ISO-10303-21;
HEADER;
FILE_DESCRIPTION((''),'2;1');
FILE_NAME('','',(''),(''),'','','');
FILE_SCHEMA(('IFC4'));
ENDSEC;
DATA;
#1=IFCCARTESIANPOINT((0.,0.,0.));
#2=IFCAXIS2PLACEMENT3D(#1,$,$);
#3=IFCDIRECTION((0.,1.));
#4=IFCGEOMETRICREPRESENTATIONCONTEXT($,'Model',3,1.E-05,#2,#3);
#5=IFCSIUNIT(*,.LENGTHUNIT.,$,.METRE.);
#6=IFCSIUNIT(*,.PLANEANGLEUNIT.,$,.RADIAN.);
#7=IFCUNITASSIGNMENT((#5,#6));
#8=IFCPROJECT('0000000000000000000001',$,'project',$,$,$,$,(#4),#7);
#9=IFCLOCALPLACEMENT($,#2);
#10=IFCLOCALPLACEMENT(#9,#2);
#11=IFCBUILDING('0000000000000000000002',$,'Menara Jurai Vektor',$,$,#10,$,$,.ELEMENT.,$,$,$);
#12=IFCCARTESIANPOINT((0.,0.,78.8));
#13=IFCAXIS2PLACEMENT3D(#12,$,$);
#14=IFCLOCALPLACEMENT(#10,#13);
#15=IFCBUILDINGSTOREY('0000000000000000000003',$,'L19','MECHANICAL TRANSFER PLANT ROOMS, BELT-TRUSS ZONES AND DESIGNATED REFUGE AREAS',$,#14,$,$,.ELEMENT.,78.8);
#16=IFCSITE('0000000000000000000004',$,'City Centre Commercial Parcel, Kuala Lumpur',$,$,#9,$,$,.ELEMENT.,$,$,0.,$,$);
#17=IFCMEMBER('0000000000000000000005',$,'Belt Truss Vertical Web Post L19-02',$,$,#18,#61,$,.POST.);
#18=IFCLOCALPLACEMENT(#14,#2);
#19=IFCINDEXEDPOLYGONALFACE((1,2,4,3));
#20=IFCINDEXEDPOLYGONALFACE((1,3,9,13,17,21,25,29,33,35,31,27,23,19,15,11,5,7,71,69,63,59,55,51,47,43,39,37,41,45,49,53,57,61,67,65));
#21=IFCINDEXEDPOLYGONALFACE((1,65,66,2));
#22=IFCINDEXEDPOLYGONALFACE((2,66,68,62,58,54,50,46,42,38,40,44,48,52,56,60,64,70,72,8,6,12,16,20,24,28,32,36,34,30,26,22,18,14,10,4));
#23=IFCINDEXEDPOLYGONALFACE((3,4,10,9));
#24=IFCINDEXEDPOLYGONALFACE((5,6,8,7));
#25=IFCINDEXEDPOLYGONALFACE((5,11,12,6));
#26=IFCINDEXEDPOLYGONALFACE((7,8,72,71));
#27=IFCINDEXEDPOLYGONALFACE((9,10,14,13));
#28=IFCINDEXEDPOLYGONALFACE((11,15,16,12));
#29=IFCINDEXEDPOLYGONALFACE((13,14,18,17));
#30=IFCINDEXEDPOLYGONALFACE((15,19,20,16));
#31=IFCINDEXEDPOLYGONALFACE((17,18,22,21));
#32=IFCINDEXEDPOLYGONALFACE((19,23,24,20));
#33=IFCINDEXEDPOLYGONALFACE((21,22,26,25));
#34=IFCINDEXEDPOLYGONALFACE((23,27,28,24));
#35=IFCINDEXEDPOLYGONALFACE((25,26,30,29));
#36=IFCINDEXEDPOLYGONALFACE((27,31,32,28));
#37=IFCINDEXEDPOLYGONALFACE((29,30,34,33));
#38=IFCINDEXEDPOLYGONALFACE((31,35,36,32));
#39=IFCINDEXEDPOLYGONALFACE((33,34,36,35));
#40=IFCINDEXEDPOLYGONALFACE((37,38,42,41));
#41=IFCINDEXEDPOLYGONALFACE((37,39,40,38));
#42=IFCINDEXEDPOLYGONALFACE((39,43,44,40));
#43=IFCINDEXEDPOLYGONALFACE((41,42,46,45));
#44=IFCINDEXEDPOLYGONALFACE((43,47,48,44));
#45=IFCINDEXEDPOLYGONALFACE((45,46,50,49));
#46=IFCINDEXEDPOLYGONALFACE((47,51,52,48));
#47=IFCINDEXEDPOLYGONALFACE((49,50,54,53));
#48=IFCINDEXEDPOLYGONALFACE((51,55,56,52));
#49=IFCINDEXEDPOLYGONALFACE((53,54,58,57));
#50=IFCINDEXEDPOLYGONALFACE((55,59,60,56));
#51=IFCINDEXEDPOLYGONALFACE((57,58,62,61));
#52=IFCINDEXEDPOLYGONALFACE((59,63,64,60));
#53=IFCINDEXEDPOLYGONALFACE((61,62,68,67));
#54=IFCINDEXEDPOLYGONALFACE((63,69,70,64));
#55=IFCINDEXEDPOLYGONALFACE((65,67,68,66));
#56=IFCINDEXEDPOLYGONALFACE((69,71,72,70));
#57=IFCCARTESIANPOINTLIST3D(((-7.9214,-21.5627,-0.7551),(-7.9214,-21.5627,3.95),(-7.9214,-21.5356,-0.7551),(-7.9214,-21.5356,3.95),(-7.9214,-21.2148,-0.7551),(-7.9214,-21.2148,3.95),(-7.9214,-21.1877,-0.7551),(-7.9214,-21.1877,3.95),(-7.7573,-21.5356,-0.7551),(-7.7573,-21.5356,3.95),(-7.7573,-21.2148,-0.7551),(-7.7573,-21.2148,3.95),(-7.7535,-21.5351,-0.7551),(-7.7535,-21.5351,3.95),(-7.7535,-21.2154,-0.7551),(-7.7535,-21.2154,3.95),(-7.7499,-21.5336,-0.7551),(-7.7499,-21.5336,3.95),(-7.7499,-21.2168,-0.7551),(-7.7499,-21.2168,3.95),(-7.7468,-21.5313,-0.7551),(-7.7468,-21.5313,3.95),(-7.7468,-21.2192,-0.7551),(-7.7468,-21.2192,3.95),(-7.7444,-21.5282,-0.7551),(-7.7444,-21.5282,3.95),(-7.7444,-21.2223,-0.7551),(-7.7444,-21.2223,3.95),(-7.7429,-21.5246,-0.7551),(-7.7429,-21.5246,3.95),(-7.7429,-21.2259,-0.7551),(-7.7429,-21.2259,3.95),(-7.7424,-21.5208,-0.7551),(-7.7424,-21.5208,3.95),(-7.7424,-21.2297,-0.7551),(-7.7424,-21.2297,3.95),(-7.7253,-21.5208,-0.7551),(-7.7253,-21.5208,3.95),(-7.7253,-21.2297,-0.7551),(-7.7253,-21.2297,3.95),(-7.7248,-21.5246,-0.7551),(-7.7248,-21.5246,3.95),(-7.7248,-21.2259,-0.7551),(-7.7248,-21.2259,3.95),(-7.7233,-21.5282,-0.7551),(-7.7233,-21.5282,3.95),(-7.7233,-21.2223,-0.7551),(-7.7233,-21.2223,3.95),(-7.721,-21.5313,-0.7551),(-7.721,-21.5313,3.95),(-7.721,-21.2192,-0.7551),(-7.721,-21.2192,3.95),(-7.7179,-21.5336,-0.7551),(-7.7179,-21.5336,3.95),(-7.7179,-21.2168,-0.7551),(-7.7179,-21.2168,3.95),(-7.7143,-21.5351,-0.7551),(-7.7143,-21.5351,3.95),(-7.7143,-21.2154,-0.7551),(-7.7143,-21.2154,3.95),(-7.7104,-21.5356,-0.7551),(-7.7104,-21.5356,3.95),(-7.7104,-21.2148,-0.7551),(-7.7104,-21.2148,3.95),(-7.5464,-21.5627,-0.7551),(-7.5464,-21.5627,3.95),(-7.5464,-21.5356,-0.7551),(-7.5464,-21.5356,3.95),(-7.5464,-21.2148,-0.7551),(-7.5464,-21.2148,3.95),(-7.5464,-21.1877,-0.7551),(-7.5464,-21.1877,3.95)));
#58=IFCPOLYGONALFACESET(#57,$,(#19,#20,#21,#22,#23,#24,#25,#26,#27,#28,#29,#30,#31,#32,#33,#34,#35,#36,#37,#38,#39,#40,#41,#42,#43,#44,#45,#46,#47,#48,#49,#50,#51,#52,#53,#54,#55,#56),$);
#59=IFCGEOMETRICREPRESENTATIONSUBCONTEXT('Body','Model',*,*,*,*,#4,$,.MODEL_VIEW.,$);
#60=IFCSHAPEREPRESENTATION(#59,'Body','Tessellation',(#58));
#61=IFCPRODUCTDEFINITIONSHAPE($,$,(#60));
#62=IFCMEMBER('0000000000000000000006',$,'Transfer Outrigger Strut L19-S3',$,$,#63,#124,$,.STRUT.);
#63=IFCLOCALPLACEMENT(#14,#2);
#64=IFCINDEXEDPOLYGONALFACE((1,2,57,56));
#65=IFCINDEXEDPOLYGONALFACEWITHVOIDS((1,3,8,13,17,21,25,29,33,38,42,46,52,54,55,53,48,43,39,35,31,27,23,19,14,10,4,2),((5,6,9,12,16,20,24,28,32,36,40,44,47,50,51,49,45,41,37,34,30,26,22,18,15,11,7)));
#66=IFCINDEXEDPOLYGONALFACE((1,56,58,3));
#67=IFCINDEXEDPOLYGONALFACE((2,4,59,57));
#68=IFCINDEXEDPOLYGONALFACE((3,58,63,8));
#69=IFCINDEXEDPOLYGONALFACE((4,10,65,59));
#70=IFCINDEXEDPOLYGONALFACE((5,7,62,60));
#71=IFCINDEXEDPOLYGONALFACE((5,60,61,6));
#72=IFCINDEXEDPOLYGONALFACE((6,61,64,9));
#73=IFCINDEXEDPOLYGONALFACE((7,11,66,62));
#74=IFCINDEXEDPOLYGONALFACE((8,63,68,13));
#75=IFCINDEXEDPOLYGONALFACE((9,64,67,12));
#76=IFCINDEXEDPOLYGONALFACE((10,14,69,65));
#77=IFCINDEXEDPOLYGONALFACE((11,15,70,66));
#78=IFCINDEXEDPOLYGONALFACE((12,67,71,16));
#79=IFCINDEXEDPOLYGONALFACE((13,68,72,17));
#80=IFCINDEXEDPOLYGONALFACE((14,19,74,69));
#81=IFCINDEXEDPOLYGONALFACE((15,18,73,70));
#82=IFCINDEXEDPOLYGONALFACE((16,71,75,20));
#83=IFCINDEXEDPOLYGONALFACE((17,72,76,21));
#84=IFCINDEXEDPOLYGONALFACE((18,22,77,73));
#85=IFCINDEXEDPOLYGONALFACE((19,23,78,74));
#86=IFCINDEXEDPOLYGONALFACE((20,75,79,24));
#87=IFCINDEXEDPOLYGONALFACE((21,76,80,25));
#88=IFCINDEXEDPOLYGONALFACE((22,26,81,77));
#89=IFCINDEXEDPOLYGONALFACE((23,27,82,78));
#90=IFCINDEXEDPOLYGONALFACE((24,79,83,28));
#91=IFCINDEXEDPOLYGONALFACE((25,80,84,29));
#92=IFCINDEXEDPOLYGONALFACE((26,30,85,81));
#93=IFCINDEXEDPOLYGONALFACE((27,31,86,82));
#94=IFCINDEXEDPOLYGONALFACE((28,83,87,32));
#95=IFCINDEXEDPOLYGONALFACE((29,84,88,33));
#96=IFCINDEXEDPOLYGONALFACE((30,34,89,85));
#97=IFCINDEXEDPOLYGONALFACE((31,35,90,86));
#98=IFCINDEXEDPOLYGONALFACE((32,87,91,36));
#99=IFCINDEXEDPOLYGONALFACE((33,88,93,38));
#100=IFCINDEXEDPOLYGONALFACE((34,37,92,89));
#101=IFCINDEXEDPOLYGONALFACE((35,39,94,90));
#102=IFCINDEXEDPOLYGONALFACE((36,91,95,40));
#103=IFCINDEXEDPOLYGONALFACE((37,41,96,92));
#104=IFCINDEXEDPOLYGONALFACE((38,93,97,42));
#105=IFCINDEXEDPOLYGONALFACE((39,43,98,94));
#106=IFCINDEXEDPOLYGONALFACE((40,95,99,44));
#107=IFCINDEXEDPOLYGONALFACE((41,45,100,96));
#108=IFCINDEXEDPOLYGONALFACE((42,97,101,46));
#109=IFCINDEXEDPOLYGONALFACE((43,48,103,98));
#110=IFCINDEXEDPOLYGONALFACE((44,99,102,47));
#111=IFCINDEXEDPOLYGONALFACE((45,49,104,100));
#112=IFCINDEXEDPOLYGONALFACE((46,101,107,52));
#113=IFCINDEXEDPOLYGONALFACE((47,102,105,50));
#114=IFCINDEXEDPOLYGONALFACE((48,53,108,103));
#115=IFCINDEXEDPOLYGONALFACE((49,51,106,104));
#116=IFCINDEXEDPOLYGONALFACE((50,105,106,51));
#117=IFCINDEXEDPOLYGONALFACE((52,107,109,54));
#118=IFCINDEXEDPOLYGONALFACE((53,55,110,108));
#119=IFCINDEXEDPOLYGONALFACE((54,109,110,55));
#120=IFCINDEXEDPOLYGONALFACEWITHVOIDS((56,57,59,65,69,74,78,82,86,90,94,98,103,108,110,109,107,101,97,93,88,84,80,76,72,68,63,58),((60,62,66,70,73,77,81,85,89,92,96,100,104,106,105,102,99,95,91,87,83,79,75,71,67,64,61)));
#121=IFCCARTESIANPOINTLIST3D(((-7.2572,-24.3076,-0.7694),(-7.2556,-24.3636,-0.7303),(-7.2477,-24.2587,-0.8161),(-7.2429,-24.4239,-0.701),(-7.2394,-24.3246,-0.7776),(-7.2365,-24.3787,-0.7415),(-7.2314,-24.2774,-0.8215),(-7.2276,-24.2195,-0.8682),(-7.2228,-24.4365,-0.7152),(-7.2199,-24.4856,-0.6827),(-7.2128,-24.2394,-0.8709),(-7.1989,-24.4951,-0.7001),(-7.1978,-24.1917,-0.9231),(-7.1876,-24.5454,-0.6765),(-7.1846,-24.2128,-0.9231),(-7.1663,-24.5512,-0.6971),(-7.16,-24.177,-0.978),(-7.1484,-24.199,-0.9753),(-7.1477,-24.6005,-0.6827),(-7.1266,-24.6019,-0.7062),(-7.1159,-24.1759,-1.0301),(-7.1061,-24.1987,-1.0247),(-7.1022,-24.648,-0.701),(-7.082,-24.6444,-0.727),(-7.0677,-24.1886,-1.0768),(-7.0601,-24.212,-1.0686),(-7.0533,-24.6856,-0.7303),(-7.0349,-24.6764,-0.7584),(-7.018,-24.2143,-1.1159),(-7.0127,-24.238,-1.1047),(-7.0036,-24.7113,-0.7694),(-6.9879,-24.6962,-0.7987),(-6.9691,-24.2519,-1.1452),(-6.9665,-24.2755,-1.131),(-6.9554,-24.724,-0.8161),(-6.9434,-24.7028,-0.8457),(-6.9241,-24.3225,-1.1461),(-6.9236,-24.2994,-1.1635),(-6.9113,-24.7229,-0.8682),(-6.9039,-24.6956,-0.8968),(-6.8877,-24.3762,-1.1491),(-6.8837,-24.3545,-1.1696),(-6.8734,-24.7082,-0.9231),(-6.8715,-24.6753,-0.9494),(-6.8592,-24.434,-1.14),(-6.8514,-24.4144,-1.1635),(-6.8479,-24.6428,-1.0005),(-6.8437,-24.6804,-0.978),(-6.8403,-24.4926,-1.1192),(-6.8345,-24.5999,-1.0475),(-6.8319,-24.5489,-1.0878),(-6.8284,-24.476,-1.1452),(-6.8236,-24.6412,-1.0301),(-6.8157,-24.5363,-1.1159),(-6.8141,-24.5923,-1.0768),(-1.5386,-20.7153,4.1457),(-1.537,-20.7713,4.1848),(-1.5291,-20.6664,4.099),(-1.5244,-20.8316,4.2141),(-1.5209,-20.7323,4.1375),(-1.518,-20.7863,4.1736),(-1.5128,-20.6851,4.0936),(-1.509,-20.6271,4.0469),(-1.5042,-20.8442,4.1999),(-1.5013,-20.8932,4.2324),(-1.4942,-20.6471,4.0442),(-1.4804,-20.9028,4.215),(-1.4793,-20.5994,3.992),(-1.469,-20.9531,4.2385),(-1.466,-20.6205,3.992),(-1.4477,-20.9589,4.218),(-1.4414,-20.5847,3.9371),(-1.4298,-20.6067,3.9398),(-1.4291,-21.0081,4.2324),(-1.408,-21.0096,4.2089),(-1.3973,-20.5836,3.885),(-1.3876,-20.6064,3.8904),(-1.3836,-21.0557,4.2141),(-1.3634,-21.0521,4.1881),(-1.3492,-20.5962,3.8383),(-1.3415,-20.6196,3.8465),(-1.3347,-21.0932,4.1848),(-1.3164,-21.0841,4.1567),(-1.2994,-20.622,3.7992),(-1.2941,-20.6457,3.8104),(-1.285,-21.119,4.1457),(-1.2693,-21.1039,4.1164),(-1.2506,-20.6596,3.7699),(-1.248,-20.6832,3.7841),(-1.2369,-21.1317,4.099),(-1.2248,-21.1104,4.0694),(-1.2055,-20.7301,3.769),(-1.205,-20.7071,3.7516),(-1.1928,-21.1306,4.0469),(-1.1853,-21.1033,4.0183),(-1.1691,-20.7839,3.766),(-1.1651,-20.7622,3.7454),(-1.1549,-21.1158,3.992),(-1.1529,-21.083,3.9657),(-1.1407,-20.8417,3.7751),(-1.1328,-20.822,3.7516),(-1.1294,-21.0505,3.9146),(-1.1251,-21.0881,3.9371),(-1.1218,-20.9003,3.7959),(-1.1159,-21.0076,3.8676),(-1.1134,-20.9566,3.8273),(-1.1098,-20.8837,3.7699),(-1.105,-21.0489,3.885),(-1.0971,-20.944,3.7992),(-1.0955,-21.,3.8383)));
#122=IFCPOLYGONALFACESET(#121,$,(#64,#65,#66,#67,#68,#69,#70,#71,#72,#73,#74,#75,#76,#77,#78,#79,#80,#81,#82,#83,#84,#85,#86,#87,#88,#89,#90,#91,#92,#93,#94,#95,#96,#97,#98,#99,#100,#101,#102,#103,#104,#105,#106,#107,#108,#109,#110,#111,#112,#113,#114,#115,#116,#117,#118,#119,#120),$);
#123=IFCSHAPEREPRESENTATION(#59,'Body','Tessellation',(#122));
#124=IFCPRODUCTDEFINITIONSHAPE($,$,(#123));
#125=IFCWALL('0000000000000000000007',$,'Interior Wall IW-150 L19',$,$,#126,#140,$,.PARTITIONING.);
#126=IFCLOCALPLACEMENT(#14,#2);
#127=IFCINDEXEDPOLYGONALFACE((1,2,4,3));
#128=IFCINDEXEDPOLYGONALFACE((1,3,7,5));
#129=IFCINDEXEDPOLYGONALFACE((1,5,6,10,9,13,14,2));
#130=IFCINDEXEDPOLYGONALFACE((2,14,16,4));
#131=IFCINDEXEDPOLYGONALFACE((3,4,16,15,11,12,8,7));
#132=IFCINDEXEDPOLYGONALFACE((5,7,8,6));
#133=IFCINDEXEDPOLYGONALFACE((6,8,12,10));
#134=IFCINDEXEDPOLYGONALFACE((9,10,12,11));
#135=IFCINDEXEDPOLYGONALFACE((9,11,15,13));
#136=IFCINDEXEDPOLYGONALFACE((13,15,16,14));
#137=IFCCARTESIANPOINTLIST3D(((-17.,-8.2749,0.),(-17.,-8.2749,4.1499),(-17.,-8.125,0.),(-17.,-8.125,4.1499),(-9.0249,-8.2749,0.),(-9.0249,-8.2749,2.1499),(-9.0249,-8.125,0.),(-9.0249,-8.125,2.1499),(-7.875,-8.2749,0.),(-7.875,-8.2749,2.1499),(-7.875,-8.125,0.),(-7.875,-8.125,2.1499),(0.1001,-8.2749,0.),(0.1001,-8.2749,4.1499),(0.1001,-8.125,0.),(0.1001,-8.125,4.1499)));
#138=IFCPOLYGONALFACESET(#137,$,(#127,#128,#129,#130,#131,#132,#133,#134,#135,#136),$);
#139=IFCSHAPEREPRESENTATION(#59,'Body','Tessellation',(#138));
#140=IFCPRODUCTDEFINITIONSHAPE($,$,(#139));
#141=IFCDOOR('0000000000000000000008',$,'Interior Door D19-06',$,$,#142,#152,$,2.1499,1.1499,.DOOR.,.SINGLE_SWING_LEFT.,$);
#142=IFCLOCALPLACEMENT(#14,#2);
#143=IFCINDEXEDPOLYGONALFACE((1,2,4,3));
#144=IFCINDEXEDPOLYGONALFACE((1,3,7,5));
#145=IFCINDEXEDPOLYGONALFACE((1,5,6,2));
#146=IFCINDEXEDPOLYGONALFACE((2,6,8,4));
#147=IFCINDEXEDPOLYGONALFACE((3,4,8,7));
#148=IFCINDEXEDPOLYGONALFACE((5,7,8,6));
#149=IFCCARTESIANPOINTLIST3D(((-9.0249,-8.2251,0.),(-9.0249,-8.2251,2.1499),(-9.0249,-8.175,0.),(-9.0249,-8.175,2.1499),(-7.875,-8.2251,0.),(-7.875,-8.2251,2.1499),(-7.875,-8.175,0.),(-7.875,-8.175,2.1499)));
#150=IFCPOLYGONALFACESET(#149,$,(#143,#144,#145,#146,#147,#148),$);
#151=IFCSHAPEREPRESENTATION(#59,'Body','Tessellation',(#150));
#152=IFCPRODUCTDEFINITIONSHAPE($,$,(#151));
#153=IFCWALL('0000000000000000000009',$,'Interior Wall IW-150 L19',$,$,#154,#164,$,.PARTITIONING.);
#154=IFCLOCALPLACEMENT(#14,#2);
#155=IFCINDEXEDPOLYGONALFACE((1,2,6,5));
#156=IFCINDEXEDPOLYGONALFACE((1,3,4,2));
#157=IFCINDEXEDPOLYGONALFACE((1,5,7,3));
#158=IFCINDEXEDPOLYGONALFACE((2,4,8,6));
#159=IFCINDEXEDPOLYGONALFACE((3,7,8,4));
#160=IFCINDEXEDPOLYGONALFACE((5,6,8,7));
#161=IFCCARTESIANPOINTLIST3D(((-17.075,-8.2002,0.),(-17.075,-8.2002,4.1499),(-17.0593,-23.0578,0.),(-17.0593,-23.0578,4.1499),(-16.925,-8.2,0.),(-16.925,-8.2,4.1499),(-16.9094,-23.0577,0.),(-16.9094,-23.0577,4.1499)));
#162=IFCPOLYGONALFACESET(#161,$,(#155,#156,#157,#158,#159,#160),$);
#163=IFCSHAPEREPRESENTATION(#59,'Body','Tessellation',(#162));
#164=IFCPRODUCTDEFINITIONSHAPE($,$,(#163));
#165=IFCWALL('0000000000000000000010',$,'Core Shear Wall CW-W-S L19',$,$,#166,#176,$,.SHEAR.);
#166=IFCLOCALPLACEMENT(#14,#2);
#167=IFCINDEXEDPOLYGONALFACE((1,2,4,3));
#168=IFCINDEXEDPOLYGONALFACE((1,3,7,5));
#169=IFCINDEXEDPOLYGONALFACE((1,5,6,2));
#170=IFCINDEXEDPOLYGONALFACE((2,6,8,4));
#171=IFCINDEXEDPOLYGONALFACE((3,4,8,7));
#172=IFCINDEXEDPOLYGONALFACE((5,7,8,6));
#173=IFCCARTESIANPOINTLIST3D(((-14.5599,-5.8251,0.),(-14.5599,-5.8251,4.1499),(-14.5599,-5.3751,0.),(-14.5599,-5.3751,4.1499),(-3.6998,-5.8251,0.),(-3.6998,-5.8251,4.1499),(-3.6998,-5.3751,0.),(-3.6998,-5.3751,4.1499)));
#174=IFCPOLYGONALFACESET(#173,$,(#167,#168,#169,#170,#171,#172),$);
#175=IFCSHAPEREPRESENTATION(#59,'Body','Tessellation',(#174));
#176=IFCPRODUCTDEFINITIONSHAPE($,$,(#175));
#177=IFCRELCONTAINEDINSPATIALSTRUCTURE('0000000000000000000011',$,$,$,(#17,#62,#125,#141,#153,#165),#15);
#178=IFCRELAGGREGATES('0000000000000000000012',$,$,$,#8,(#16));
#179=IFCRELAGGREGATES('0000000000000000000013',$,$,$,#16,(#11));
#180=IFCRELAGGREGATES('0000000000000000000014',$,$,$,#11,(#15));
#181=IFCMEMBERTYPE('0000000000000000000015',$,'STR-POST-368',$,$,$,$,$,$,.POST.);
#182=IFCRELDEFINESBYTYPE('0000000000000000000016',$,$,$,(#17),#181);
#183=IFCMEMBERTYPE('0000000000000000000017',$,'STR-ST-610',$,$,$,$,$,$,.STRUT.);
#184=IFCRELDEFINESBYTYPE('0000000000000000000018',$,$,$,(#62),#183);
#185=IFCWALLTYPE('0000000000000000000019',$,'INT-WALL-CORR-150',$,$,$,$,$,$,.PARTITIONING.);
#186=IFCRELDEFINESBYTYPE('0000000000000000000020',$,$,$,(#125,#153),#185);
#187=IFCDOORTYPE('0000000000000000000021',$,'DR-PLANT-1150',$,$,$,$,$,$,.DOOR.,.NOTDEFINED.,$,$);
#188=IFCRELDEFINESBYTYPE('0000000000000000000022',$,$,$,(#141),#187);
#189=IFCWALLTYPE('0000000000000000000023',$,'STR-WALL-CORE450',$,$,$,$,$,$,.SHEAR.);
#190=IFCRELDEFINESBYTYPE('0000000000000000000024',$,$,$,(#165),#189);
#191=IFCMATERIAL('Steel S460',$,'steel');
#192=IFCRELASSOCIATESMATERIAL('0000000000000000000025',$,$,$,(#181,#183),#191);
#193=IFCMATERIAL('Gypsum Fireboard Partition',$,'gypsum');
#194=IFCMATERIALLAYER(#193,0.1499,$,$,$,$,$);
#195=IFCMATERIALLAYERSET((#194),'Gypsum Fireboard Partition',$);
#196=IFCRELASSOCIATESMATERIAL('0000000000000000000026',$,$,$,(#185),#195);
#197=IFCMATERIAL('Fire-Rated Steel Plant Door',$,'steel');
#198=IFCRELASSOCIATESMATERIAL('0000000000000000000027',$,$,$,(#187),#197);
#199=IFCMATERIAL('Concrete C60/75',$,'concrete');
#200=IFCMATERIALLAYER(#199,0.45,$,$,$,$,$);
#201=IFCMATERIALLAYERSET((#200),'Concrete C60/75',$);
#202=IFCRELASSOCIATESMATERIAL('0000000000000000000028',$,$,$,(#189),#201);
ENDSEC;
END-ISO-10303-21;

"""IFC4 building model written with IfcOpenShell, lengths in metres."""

from ifc_helpers import new_model, si_unit, direction, frame, frame_2d, origin, origin_2d, place, context, subcontext, project, spatial, rectangle, hollow_circle, i_section, extrude, material, layer, layer_set, material_profile, profile_set, type_object, element, fill, save


model = new_model("IFC4")

# Units and contexts
model_context = context("Model", 3, precision=1e-05, world=origin(), true_north=direction((0.0, 1.0)))
body_context = subcontext(model_context, "Body", "Model", "MODEL_VIEW")
ifc_project = project(units=[si_unit("LENGTHUNIT", "METRE"), si_unit("PLANEANGLEUNIT", "RADIAN")], contexts=[model_context])

# Site, building, storey
site_placement = place(None, origin())
site = spatial("IfcSite", under=ifc_project, at=site_placement, Name="City Centre Commercial Parcel, Kuala Lumpur", CompositionType="ELEMENT", RefElevation=0.0)
building_placement = place(site_placement, origin())
building = spatial("IfcBuilding", under=site, at=building_placement, Name="Menara Jurai Vektor", CompositionType="ELEMENT")
storey_placement = place(building_placement, frame((0.0, 0.0, 78.8)))
storey = spatial("IfcBuildingStorey", under=building, at=storey_placement, Name="L19", Description="MECHANICAL TRANSFER PLANT ROOMS, BELT-TRUSS ZONES AND DESIGNATED REFUGE AREAS", CompositionType="ELEMENT", Elevation=78.8)

# Shared definitions
ifc_material_1 = material(Name="Concrete C60/75", Category="concrete")
ifc_material_2 = material(Name="Steel S460", Category="steel")

# Members
ifc_material_profile_1 = material_profile(ifc_material_2, i_section(OverallWidth=0.375, OverallDepth=0.375, WebThickness=0.0171, FlangeThickness=0.0271, FilletRadius=0.0149, at=origin_2d()), Name="UKC 356x368x202")
ifc_profile_set_1 = profile_set([ifc_material_profile_1], Name="Steel S460")
member_type_1 = type_object("IfcMemberType", Name="STR-POST-368", PredefinedType="POST", material=ifc_profile_set_1)
member_1_placement = place(storey_placement, frame((-7.7339, -21.3752, -0.7551), z_axis=(0.0, 0.0, 1.0), x_axis=(1.0, 0.0, 0.0)))
element("IfcMember", 1, at=member_1_placement, inside=storey, type_object=member_type_1, Name="Belt Truss Vertical Web Post L19-02", PredefinedType="POST", context=body_context, shape_type="SweptSolid", body=[
    extrude(i_section(OverallWidth=0.375, OverallDepth=0.375, WebThickness=0.0171, FlangeThickness=0.0271, FilletRadius=0.0149, at=origin_2d()), origin(), (0.0, 0.0, 1.0), 4.7051),
])
ifc_material_profile_2 = material_profile(ifc_material_2, hollow_circle(Radius=0.3049, WallThickness=0.0249, at=origin_2d()), Name="CHS 610x25")
ifc_profile_set_2 = profile_set([ifc_material_profile_2], Name="Steel S460")
member_type_2 = type_object("IfcMemberType", Name="STR-ST-610", PredefinedType="STRUT", material=ifc_profile_set_2)
member_2_placement = place(storey_placement, frame((-7.0356, -24.45, -0.9231), z_axis=(0.68465, 0.430088, 0.588455), x_axis=(-0.531938, 0.846784, 0.0)))
element("IfcMember", 2, at=member_2_placement, inside=storey, type_object=member_type_2, Name="Transfer Outrigger Strut L19-S3", PredefinedType="STRUT", context=body_context, shape_type="SweptSolid", body=[
    extrude(hollow_circle(Radius=0.3049, WallThickness=0.0249, at=origin_2d()), origin(), (0.0, 0.0, 1.0), 8.3525),
])

# Wall, opening, door
ifc_material_3 = material(Name="Gypsum Fireboard Partition", Category="gypsum")
ifc_layer_1 = layer(ifc_material_3, 0.1499)
ifc_layer_set_1 = layer_set([ifc_layer_1], Name="Gypsum Fireboard Partition")
wall_type_1 = type_object("IfcWallType", Name="INT-WALL-CORR-150", PredefinedType="PARTITIONING", material=ifc_layer_set_1)
wall_1_placement = place(storey_placement, frame((-17.0, -8.2, 0.0), z_axis=(0.0, 0.0, 1.0), x_axis=(1.0, 0.0, 0.0)))
wall_1 = element("IfcWall", 3, at=wall_1_placement, inside=storey, type_object=wall_type_1, Name="Interior Wall IW-150 L19", PredefinedType="PARTITIONING", context=body_context, shape_type="SweptSolid", body=[
    extrude(rectangle(XDim=17.1001, YDim=0.1499, at=frame_2d((8.55, 0.0))), origin(), (0.0, 0.0, 1.0), 4.1499),
])
opening_placement = place(wall_1_placement, frame((7.9751, 0.0, 0.0)))
opening = element("IfcOpeningElement", 4, at=opening_placement, cuts=wall_1, PredefinedType="OPENING", context=body_context, shape_type="SweptSolid", body=[
    extrude(rectangle(XDim=1.1499, YDim=2.1499, at=frame_2d((0.575, 1.075))), frame((0.0, 0.085, 0.0), z_axis=(0.0, -1.0, 0.0), x_axis=(1.0, 0.0, 0.0)), (0.0, 0.0, 1.0), 0.1699),
])
ifc_material_4 = material(Name="Fire-Rated Steel Plant Door", Category="steel")
door_type = type_object("IfcDoorType", Name="DR-PLANT-1150", OperationType="NOTDEFINED", PredefinedType="DOOR", material=ifc_material_4)
door_placement = place(opening_placement, origin())
door = element("IfcDoor", 5, at=door_placement, inside=storey, type_object=door_type, Name="Interior Door D19-06", OperationType="SINGLE_SWING_LEFT", OverallHeight=2.1499, OverallWidth=1.1499, PredefinedType="DOOR", context=body_context, shape_type="SweptSolid", body=[
    extrude(rectangle(XDim=1.1499, YDim=2.1499, at=frame_2d((0.575, 1.075))), frame((0.0, 0.0249, 0.0), z_axis=(0.0, -1.0, 0.0), x_axis=(1.0, 0.0, 0.0)), (0.0, 0.0, 1.0), 0.05),
])
fill(opening, door)

# Walls
wall_2_placement = place(storey_placement, frame((-16.9844, -23.0576, 0.0), z_axis=(0.0, 0.0, 1.0), x_axis=(-0.001052, 0.999999, 0.0)))
element("IfcWall", 6, at=wall_2_placement, inside=storey, type_object=wall_type_1, Name="Interior Wall IW-150 L19", PredefinedType="PARTITIONING", context=body_context, shape_type="SweptSolid", body=[
    extrude(rectangle(XDim=14.8577, YDim=0.1499, at=frame_2d((7.4287, 0.0))), origin(), (0.0, 0.0, 1.0), 4.1499),
])
ifc_layer_2 = layer(ifc_material_1, 0.45)
ifc_layer_set_2 = layer_set([ifc_layer_2], Name="Concrete C60/75")
wall_type_2 = type_object("IfcWallType", Name="STR-WALL-CORE450", PredefinedType="SHEAR", material=ifc_layer_set_2)
wall_3_placement = place(storey_placement, frame((-14.5601, -5.6001, 0.0), z_axis=(0.0, 0.0, 1.0), x_axis=(1.0, 0.0, 0.0)))
element("IfcWall", 7, at=wall_3_placement, inside=storey, type_object=wall_type_2, Name="Core Shear Wall CW-W-S L19", PredefinedType="SHEAR", context=body_context, shape_type="SweptSolid", body=[
    extrude(rectangle(XDim=10.8601, YDim=0.45, at=frame_2d((5.4302, 0.0))), origin(), (0.0, 0.0, 1.0), 4.1499),
])

save(model, "model.ifc")
